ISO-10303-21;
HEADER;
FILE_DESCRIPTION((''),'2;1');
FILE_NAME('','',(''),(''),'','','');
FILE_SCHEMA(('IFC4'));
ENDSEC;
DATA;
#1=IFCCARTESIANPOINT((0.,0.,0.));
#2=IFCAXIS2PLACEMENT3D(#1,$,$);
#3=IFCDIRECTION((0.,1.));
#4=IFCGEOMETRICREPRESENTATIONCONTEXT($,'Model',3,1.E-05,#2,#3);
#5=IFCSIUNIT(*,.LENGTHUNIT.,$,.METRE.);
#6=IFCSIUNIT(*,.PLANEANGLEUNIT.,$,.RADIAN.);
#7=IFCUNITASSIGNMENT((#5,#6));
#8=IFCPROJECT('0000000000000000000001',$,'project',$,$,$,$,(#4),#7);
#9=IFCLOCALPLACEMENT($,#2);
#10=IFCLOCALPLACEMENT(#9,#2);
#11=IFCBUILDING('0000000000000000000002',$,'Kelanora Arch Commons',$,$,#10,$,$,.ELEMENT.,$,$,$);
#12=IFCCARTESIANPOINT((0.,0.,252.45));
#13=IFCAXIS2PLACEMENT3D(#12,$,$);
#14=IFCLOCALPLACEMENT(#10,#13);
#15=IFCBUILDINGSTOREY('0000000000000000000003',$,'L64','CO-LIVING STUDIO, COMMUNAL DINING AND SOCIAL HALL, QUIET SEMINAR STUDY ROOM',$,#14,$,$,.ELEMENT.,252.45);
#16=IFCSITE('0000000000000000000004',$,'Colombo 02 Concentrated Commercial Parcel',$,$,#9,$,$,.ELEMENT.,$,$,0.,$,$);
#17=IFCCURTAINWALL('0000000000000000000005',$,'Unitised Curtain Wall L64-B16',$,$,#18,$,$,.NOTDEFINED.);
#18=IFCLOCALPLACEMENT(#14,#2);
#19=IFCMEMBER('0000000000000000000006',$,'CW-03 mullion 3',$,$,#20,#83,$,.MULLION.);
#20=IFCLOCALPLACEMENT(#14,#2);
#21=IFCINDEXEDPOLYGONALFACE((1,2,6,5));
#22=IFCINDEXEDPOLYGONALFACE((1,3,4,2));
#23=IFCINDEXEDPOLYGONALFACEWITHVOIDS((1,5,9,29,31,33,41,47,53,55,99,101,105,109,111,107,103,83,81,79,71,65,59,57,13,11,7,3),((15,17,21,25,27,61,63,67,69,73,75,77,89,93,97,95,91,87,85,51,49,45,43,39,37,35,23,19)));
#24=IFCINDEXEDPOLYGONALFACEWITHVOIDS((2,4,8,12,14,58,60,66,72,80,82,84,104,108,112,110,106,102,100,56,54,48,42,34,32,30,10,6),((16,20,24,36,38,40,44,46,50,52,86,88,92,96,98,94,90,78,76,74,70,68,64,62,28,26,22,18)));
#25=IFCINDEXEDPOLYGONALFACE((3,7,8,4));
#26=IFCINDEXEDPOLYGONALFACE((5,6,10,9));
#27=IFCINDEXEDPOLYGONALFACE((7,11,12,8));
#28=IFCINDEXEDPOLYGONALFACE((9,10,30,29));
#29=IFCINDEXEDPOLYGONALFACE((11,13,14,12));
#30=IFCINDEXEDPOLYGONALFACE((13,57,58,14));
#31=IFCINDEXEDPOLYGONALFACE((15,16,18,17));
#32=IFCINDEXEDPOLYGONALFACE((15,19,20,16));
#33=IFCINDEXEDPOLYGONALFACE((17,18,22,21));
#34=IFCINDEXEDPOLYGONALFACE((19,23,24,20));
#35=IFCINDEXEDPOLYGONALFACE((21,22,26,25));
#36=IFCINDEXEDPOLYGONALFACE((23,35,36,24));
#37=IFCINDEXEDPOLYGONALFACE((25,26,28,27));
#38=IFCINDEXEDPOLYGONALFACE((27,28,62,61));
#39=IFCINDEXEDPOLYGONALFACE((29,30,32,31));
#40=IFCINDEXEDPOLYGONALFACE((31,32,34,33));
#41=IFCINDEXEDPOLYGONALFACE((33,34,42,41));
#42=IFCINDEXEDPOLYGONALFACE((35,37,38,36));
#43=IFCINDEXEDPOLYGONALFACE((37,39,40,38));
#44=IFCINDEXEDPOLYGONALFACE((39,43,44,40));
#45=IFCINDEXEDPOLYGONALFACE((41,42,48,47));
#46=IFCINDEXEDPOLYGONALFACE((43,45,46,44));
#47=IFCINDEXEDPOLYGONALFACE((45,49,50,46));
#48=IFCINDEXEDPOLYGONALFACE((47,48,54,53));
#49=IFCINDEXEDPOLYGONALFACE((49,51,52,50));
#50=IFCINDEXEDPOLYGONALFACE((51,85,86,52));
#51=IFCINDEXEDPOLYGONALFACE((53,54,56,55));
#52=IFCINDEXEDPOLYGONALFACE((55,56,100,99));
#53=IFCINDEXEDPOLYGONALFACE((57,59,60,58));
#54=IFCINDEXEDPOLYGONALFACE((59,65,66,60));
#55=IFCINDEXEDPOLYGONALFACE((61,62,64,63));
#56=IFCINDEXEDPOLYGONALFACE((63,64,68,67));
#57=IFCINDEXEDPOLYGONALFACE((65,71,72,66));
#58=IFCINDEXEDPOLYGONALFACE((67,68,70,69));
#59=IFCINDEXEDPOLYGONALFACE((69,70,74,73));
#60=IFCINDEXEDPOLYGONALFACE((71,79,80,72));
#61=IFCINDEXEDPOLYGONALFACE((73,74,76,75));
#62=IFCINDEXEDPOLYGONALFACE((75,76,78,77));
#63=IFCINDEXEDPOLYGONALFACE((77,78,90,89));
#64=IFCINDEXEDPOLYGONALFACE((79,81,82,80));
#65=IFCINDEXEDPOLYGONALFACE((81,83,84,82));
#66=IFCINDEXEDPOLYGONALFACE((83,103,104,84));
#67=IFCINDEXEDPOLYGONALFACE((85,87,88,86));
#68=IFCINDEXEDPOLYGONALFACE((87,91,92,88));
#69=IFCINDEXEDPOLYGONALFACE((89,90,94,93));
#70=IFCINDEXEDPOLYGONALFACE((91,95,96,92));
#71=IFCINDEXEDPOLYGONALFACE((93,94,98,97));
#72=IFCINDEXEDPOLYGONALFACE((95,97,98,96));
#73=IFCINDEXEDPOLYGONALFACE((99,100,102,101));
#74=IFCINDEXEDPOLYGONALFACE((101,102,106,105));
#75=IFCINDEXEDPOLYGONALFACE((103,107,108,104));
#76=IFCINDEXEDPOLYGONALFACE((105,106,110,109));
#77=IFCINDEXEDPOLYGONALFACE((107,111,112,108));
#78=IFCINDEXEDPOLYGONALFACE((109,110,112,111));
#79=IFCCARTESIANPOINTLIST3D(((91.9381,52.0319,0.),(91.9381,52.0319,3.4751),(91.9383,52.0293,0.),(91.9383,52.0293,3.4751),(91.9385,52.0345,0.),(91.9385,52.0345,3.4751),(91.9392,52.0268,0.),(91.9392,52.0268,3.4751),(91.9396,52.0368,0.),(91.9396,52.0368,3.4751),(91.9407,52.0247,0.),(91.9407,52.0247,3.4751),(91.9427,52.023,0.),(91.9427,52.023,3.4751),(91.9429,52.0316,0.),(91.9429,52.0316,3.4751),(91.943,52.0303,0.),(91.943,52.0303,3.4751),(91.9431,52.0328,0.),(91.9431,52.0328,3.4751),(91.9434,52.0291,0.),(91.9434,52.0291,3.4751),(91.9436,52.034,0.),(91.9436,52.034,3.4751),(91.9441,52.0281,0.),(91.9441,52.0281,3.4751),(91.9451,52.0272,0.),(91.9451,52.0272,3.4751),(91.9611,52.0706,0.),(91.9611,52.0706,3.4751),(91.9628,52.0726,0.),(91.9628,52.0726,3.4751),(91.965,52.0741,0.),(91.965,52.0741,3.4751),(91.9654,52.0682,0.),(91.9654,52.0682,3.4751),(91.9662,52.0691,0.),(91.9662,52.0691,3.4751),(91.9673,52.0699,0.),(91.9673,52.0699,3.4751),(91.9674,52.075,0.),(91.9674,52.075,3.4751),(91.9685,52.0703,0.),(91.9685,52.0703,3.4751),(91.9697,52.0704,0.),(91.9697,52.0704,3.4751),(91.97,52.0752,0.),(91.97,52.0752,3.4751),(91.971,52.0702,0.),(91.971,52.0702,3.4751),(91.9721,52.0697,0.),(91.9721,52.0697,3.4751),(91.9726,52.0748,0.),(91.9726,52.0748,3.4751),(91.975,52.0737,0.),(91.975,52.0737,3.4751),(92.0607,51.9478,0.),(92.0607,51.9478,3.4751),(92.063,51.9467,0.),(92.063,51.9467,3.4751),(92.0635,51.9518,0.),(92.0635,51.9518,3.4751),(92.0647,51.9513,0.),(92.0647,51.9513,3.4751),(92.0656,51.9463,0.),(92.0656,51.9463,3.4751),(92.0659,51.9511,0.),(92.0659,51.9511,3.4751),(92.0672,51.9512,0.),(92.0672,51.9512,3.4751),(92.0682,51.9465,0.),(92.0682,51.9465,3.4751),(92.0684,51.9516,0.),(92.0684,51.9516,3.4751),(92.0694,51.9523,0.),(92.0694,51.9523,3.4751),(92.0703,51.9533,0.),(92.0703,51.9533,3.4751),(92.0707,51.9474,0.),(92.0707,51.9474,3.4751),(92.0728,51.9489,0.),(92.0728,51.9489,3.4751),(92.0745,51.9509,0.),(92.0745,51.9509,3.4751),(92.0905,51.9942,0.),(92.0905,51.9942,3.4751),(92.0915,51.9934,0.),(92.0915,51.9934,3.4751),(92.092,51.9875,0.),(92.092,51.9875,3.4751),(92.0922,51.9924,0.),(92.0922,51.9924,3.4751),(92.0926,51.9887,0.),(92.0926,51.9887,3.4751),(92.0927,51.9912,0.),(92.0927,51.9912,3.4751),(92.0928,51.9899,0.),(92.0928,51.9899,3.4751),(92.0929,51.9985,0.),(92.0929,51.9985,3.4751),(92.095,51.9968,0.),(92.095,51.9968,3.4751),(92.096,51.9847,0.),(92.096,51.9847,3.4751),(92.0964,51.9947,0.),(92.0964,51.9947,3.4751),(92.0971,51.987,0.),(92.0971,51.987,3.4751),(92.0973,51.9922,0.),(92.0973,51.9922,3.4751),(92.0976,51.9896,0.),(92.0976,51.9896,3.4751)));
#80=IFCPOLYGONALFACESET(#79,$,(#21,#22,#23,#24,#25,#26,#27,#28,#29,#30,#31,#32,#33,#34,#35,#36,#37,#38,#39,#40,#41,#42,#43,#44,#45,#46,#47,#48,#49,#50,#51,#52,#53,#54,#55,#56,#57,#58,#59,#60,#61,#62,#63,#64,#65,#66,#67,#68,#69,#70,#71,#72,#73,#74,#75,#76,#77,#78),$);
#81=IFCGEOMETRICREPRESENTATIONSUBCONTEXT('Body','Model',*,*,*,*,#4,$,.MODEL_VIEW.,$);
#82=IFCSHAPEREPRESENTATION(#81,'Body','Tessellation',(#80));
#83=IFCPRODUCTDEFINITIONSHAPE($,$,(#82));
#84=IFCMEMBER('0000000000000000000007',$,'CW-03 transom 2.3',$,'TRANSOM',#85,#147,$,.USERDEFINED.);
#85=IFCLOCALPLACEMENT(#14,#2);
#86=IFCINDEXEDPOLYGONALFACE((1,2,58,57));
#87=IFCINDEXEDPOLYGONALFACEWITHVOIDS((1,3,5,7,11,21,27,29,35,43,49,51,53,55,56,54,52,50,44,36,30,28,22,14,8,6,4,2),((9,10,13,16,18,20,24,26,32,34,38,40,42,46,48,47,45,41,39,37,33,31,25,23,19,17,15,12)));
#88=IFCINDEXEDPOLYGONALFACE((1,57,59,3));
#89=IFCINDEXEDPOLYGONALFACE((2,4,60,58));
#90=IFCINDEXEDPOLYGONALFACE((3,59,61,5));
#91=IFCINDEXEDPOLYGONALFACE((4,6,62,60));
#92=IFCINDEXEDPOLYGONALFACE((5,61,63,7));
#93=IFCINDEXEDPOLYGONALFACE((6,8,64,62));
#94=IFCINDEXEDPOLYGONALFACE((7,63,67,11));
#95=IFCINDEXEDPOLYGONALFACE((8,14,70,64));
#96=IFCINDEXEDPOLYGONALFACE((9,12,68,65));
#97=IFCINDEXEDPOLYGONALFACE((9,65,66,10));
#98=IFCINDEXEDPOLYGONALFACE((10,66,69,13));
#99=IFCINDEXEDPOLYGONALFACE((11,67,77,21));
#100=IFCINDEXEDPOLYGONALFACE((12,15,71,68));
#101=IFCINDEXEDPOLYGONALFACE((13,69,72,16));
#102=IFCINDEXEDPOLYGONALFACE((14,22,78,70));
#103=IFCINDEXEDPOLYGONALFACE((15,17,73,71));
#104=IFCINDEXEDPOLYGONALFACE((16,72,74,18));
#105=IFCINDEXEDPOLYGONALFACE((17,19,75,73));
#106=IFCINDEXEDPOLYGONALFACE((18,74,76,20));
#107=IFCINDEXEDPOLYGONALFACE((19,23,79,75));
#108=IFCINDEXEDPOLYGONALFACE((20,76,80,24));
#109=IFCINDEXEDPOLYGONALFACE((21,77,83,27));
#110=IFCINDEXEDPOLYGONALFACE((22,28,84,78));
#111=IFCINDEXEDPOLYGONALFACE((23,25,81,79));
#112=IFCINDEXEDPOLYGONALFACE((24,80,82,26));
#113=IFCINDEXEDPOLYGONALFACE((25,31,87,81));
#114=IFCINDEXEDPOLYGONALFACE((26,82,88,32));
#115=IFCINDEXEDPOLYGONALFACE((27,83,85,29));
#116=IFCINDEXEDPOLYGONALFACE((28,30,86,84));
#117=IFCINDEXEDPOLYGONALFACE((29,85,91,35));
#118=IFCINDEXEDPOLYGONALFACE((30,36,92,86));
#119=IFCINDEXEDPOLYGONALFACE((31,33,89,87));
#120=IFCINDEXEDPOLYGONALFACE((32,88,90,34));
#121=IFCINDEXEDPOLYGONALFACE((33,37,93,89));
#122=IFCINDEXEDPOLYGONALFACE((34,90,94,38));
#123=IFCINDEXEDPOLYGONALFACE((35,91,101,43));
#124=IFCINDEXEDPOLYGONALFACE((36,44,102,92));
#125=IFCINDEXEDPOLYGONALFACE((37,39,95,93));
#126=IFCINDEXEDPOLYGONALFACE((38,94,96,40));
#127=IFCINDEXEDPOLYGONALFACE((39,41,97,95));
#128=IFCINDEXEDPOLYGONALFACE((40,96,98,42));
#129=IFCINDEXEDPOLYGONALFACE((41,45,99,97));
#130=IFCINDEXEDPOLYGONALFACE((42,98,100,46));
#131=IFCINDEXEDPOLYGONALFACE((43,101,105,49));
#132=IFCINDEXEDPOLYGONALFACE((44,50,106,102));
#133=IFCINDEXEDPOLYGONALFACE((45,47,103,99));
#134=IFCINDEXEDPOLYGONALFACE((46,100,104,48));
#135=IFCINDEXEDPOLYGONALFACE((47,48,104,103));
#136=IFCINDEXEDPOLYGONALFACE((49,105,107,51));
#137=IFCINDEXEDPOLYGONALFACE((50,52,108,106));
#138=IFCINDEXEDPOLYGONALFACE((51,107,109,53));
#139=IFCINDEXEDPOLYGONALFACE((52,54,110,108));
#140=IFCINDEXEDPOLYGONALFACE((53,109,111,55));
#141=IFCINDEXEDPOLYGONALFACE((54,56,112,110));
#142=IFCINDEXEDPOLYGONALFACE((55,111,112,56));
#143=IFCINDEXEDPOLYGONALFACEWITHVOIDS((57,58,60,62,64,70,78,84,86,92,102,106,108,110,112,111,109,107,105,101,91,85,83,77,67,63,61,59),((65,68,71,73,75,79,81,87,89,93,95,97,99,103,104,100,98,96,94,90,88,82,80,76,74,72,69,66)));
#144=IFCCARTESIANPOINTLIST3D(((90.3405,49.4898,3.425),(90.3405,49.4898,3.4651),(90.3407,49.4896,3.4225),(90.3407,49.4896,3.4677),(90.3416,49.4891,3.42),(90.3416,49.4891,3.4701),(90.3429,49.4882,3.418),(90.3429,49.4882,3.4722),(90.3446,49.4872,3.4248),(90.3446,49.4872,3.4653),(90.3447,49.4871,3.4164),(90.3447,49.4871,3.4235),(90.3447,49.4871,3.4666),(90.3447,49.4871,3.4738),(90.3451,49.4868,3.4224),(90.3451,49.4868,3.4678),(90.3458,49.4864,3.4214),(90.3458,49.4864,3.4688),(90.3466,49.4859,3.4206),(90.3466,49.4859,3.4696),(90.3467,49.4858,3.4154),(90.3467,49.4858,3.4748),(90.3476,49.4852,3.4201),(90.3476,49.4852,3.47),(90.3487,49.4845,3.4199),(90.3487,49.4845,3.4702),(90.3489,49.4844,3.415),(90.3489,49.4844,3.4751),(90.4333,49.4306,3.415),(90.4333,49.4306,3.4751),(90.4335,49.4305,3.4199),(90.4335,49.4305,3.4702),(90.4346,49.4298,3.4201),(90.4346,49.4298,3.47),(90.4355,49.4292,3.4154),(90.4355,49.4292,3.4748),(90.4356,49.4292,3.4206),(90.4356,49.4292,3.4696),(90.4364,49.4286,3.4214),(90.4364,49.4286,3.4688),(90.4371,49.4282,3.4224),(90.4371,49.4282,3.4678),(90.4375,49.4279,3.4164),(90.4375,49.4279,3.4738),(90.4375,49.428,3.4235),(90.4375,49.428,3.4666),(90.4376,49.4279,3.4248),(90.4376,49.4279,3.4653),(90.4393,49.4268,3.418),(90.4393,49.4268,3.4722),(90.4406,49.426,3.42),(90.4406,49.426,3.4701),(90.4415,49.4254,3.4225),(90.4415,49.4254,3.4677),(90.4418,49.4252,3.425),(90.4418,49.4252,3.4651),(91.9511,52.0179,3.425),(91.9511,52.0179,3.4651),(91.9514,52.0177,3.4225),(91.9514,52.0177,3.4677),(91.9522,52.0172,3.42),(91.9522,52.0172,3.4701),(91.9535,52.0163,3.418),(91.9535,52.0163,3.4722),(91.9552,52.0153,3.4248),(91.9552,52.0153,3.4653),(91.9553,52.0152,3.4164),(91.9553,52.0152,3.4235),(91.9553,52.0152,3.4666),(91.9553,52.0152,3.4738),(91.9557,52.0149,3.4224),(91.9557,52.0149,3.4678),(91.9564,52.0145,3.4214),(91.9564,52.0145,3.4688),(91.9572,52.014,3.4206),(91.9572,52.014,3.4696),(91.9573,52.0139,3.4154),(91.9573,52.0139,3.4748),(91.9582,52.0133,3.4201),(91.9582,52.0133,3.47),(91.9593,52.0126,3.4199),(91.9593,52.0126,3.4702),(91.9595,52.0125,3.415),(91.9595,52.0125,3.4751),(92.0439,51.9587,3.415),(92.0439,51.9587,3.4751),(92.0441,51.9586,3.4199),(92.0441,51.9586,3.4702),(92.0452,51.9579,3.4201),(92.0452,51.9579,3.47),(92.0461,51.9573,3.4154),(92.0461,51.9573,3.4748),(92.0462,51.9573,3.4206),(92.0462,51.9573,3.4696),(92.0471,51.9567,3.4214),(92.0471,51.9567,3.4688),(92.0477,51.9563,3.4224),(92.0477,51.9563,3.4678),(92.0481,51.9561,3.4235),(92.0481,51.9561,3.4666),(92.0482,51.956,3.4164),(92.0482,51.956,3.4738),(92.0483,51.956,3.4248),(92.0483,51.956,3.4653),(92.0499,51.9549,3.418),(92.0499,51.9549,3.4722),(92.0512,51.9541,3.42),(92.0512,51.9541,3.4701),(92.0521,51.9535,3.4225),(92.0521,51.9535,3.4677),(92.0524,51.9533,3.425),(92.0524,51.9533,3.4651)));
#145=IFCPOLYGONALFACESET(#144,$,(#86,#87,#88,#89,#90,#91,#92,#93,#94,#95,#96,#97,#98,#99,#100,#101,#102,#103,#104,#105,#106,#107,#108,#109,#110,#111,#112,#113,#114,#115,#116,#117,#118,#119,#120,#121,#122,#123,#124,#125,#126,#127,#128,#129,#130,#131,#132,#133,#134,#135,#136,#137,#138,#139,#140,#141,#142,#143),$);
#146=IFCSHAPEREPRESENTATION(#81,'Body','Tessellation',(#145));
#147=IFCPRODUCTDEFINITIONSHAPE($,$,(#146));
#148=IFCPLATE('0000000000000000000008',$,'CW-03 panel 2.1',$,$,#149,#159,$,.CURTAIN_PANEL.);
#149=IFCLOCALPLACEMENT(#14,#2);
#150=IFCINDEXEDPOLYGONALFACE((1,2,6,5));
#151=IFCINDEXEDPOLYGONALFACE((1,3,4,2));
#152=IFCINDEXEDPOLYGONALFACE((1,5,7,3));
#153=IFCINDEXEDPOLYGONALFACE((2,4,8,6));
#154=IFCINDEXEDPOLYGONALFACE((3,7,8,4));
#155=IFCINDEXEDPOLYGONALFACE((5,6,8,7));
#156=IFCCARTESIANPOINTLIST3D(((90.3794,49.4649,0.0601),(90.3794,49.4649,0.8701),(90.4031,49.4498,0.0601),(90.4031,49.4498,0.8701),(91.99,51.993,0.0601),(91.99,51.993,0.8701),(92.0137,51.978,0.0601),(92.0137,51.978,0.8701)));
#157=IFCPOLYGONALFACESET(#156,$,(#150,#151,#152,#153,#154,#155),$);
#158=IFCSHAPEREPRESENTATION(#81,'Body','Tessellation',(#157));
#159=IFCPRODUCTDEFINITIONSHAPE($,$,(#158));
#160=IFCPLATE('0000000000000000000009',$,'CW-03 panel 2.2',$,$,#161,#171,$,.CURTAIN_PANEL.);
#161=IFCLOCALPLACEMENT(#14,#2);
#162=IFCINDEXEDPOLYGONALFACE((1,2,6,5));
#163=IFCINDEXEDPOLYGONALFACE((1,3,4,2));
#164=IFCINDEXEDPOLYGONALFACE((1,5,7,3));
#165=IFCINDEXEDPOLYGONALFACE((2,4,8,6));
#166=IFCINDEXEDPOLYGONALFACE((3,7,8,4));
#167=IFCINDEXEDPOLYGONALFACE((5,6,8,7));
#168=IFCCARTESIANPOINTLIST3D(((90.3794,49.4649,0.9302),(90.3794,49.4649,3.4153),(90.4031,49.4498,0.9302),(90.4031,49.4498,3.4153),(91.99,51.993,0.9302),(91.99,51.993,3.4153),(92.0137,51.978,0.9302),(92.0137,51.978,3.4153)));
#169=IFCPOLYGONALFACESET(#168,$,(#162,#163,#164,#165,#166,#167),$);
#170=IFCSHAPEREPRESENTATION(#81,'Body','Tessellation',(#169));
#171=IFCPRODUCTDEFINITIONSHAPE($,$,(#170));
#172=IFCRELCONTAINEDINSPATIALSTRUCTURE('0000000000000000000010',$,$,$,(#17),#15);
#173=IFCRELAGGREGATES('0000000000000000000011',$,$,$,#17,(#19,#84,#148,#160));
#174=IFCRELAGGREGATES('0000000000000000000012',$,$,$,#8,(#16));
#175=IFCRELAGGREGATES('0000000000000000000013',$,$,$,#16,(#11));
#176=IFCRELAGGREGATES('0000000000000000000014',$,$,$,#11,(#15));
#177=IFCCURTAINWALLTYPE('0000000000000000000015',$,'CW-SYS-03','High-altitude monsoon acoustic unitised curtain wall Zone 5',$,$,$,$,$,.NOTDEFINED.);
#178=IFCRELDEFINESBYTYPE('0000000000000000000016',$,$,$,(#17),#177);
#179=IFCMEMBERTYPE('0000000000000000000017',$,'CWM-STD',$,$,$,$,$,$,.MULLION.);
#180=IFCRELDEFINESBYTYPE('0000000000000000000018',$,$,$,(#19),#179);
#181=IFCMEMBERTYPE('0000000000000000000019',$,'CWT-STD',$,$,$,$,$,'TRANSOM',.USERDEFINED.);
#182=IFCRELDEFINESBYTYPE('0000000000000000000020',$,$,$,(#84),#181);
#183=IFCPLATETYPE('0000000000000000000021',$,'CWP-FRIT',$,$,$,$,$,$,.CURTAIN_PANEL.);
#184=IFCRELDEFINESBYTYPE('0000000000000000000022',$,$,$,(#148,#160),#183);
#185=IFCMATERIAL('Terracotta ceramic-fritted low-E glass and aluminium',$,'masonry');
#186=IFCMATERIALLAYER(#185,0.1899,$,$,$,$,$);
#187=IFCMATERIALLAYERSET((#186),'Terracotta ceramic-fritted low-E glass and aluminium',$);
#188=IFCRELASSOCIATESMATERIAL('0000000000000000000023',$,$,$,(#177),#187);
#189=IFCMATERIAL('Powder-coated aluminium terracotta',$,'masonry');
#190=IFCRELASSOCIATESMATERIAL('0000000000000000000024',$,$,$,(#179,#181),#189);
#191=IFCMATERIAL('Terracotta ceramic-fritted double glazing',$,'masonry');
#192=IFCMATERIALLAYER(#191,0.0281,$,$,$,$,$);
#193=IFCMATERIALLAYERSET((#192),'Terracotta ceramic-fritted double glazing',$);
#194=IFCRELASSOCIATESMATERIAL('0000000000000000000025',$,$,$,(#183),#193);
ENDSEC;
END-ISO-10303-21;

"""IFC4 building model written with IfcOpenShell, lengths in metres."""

from ifc_helpers import new_model, si_unit, direction, frame, origin, origin_2d, place, context, subcontext, project, spatial, rectangle, hollow_rectangle, extrude, source, transform, mapped, material, layer, layer_set, material_profile, profile_set, type_object, element, aggregate, save


model = new_model("IFC4")

# Units and contexts
model_context = context("Model", 3, precision=1e-05, world=origin(), true_north=direction((0.0, 1.0)))
body_context = subcontext(model_context, "Body", "Model", "MODEL_VIEW")
ifc_project = project(units=[si_unit("LENGTHUNIT", "METRE"), si_unit("PLANEANGLEUNIT", "RADIAN")], contexts=[model_context])

# Site, building, storey
site_placement = place(None, origin())
site = spatial("IfcSite", under=ifc_project, at=site_placement, Name="Colombo 02 Concentrated Commercial Parcel", CompositionType="ELEMENT", RefElevation=0.0)
building_placement = place(site_placement, origin())
building = spatial("IfcBuilding", under=site, at=building_placement, Name="Kelanora Arch Commons", CompositionType="ELEMENT")
storey_placement = place(building_placement, frame((0.0, 0.0, 252.45)))
storey = spatial("IfcBuildingStorey", under=building, at=storey_placement, Name="L64", Description="CO-LIVING STUDIO, COMMUNAL DINING AND SOCIAL HALL, QUIET SEMINAR STUDY ROOM", CompositionType="ELEMENT", Elevation=252.45)

# Curtain wall, members, plates
ifc_material_1 = material(Name="Terracotta ceramic-fritted low-E glass and aluminium", Category="masonry")
ifc_layer_1 = layer(ifc_material_1, 0.1899)
ifc_layer_set_1 = layer_set([ifc_layer_1], Name="Terracotta ceramic-fritted low-E glass and aluminium")
curtain_wall_type = type_object("IfcCurtainWallType", Name="CW-SYS-03", Description="High-altitude monsoon acoustic unitised curtain wall Zone 5", PredefinedType="NOTDEFINED", material=ifc_layer_set_1)
curtain_wall_placement = place(storey_placement, origin())
curtain_wall = element("IfcCurtainWall", 1, at=curtain_wall_placement, inside=storey, type_object=curtain_wall_type, Name="Unitised Curtain Wall L64-B16", PredefinedType="NOTDEFINED")
ifc_material_2 = material(Name="Powder-coated aluminium terracotta", Category="masonry")
ifc_material_profile_1 = material_profile(ifc_material_2, hollow_rectangle(XDim=0.1599, YDim=0.0601, WallThickness=0.0049, InnerFilletRadius=0.0049, OuterFilletRadius=0.01, at=origin_2d()), Name="CWM160x60")
ifc_profile_set_1 = profile_set([ifc_material_profile_1], Name="Powder-coated aluminium terracotta")
member_type_1 = type_object("IfcMemberType", Name="CWM-STD", PredefinedType="MULLION", material=ifc_profile_set_1)
member_1_placement = place(storey_placement, frame((92.0178, 52.0107, 0.0), z_axis=(0.0, 0.0, 1.0), x_axis=(-0.843391, 0.5373, 0.0)))
member_1 = element("IfcMember", 2, at=member_1_placement, type_object=member_type_1, Name="CW-03 mullion 3", PredefinedType="MULLION", context=body_context, shape_type="SweptSolid", body=[
    extrude(hollow_rectangle(XDim=0.1599, YDim=0.0601, WallThickness=0.0049, InnerFilletRadius=0.0049, OuterFilletRadius=0.01, at=origin_2d()), origin(), (0.0, 0.0, 1.0), 3.4751),
])
ifc_material_profile_2 = material_profile(ifc_material_2, hollow_rectangle(XDim=0.1201, YDim=0.0601, WallThickness=0.0049, InnerFilletRadius=0.0049, OuterFilletRadius=0.01, at=origin_2d()), Name="CWT120x60")
ifc_profile_set_2 = profile_set([ifc_material_profile_2], Name="Powder-coated aluminium terracotta")
member_type_2 = type_object("IfcMemberType", Name="CWT-STD", ElementType="TRANSOM", PredefinedType="USERDEFINED", material=ifc_profile_set_2)
member_2_placement = place(storey_placement, frame((90.3911, 49.4575, 3.4451), z_axis=(0.537308, 0.843386, 0.0), x_axis=(-0.843386, 0.537308, 0.0)))
member_2 = element("IfcMember", 3, at=member_2_placement, type_object=member_type_2, Name="CW-03 transom 2.3", ObjectType="TRANSOM", PredefinedType="USERDEFINED", context=body_context, shape_type="SweptSolid", body=[
    extrude(hollow_rectangle(XDim=0.1201, YDim=0.0601, WallThickness=0.0049, InnerFilletRadius=0.0049, OuterFilletRadius=0.01, at=origin_2d()), origin(), (0.0, 0.0, 1.0), 2.9976),
])
ifc_material_3 = material(Name="Terracotta ceramic-fritted double glazing", Category="masonry")
ifc_layer_2 = layer(ifc_material_3, 0.0281)
ifc_layer_set_2 = layer_set([ifc_layer_2], Name="Terracotta ceramic-fritted double glazing")
plate_type = type_object("IfcPlateType", Name="CWP-FRIT", PredefinedType="CURTAIN_PANEL", material=ifc_layer_set_2)
shared_shape_1 = source(origin(), body_context, "Body", "SweptSolid", [
    extrude(rectangle(XDim=2.9976, YDim=0.0281, at=origin_2d()), origin(), (0.0, 0.0, 1.0), 0.8101),
])
plate_1_placement = place(storey_placement, frame((91.1965, 50.7214, 0.0601), z_axis=(0.0, 0.0, 1.0), x_axis=(0.5373, 0.843391, 0.0)))
plate_1 = element("IfcPlate", 4, at=plate_1_placement, type_object=plate_type, Name="CW-03 panel 2.1", PredefinedType="CURTAIN_PANEL", context=body_context, shape_type="MappedRepresentation", body=[
    mapped(shared_shape_1, transform((0.0, 0.0, 0.0), scale=1.0)),
])
shared_shape_2 = source(origin(), body_context, "Body", "SweptSolid", [
    extrude(rectangle(XDim=2.9976, YDim=0.0281, at=origin_2d()), origin(), (0.0, 0.0, 1.0), 2.4851),
])
plate_2_placement = place(storey_placement, frame((91.1965, 50.7214, 0.9302), z_axis=(0.0, 0.0, 1.0), x_axis=(0.5373, 0.843391, 0.0)))
plate_2 = element("IfcPlate", 5, at=plate_2_placement, type_object=plate_type, Name="CW-03 panel 2.2", PredefinedType="CURTAIN_PANEL", context=body_context, shape_type="MappedRepresentation", body=[
    mapped(shared_shape_2, transform((0.0, 0.0, 0.0), scale=1.0)),
])
aggregate(curtain_wall, [member_1, member_2, plate_1, plate_2])

save(model, "model.ifc")
